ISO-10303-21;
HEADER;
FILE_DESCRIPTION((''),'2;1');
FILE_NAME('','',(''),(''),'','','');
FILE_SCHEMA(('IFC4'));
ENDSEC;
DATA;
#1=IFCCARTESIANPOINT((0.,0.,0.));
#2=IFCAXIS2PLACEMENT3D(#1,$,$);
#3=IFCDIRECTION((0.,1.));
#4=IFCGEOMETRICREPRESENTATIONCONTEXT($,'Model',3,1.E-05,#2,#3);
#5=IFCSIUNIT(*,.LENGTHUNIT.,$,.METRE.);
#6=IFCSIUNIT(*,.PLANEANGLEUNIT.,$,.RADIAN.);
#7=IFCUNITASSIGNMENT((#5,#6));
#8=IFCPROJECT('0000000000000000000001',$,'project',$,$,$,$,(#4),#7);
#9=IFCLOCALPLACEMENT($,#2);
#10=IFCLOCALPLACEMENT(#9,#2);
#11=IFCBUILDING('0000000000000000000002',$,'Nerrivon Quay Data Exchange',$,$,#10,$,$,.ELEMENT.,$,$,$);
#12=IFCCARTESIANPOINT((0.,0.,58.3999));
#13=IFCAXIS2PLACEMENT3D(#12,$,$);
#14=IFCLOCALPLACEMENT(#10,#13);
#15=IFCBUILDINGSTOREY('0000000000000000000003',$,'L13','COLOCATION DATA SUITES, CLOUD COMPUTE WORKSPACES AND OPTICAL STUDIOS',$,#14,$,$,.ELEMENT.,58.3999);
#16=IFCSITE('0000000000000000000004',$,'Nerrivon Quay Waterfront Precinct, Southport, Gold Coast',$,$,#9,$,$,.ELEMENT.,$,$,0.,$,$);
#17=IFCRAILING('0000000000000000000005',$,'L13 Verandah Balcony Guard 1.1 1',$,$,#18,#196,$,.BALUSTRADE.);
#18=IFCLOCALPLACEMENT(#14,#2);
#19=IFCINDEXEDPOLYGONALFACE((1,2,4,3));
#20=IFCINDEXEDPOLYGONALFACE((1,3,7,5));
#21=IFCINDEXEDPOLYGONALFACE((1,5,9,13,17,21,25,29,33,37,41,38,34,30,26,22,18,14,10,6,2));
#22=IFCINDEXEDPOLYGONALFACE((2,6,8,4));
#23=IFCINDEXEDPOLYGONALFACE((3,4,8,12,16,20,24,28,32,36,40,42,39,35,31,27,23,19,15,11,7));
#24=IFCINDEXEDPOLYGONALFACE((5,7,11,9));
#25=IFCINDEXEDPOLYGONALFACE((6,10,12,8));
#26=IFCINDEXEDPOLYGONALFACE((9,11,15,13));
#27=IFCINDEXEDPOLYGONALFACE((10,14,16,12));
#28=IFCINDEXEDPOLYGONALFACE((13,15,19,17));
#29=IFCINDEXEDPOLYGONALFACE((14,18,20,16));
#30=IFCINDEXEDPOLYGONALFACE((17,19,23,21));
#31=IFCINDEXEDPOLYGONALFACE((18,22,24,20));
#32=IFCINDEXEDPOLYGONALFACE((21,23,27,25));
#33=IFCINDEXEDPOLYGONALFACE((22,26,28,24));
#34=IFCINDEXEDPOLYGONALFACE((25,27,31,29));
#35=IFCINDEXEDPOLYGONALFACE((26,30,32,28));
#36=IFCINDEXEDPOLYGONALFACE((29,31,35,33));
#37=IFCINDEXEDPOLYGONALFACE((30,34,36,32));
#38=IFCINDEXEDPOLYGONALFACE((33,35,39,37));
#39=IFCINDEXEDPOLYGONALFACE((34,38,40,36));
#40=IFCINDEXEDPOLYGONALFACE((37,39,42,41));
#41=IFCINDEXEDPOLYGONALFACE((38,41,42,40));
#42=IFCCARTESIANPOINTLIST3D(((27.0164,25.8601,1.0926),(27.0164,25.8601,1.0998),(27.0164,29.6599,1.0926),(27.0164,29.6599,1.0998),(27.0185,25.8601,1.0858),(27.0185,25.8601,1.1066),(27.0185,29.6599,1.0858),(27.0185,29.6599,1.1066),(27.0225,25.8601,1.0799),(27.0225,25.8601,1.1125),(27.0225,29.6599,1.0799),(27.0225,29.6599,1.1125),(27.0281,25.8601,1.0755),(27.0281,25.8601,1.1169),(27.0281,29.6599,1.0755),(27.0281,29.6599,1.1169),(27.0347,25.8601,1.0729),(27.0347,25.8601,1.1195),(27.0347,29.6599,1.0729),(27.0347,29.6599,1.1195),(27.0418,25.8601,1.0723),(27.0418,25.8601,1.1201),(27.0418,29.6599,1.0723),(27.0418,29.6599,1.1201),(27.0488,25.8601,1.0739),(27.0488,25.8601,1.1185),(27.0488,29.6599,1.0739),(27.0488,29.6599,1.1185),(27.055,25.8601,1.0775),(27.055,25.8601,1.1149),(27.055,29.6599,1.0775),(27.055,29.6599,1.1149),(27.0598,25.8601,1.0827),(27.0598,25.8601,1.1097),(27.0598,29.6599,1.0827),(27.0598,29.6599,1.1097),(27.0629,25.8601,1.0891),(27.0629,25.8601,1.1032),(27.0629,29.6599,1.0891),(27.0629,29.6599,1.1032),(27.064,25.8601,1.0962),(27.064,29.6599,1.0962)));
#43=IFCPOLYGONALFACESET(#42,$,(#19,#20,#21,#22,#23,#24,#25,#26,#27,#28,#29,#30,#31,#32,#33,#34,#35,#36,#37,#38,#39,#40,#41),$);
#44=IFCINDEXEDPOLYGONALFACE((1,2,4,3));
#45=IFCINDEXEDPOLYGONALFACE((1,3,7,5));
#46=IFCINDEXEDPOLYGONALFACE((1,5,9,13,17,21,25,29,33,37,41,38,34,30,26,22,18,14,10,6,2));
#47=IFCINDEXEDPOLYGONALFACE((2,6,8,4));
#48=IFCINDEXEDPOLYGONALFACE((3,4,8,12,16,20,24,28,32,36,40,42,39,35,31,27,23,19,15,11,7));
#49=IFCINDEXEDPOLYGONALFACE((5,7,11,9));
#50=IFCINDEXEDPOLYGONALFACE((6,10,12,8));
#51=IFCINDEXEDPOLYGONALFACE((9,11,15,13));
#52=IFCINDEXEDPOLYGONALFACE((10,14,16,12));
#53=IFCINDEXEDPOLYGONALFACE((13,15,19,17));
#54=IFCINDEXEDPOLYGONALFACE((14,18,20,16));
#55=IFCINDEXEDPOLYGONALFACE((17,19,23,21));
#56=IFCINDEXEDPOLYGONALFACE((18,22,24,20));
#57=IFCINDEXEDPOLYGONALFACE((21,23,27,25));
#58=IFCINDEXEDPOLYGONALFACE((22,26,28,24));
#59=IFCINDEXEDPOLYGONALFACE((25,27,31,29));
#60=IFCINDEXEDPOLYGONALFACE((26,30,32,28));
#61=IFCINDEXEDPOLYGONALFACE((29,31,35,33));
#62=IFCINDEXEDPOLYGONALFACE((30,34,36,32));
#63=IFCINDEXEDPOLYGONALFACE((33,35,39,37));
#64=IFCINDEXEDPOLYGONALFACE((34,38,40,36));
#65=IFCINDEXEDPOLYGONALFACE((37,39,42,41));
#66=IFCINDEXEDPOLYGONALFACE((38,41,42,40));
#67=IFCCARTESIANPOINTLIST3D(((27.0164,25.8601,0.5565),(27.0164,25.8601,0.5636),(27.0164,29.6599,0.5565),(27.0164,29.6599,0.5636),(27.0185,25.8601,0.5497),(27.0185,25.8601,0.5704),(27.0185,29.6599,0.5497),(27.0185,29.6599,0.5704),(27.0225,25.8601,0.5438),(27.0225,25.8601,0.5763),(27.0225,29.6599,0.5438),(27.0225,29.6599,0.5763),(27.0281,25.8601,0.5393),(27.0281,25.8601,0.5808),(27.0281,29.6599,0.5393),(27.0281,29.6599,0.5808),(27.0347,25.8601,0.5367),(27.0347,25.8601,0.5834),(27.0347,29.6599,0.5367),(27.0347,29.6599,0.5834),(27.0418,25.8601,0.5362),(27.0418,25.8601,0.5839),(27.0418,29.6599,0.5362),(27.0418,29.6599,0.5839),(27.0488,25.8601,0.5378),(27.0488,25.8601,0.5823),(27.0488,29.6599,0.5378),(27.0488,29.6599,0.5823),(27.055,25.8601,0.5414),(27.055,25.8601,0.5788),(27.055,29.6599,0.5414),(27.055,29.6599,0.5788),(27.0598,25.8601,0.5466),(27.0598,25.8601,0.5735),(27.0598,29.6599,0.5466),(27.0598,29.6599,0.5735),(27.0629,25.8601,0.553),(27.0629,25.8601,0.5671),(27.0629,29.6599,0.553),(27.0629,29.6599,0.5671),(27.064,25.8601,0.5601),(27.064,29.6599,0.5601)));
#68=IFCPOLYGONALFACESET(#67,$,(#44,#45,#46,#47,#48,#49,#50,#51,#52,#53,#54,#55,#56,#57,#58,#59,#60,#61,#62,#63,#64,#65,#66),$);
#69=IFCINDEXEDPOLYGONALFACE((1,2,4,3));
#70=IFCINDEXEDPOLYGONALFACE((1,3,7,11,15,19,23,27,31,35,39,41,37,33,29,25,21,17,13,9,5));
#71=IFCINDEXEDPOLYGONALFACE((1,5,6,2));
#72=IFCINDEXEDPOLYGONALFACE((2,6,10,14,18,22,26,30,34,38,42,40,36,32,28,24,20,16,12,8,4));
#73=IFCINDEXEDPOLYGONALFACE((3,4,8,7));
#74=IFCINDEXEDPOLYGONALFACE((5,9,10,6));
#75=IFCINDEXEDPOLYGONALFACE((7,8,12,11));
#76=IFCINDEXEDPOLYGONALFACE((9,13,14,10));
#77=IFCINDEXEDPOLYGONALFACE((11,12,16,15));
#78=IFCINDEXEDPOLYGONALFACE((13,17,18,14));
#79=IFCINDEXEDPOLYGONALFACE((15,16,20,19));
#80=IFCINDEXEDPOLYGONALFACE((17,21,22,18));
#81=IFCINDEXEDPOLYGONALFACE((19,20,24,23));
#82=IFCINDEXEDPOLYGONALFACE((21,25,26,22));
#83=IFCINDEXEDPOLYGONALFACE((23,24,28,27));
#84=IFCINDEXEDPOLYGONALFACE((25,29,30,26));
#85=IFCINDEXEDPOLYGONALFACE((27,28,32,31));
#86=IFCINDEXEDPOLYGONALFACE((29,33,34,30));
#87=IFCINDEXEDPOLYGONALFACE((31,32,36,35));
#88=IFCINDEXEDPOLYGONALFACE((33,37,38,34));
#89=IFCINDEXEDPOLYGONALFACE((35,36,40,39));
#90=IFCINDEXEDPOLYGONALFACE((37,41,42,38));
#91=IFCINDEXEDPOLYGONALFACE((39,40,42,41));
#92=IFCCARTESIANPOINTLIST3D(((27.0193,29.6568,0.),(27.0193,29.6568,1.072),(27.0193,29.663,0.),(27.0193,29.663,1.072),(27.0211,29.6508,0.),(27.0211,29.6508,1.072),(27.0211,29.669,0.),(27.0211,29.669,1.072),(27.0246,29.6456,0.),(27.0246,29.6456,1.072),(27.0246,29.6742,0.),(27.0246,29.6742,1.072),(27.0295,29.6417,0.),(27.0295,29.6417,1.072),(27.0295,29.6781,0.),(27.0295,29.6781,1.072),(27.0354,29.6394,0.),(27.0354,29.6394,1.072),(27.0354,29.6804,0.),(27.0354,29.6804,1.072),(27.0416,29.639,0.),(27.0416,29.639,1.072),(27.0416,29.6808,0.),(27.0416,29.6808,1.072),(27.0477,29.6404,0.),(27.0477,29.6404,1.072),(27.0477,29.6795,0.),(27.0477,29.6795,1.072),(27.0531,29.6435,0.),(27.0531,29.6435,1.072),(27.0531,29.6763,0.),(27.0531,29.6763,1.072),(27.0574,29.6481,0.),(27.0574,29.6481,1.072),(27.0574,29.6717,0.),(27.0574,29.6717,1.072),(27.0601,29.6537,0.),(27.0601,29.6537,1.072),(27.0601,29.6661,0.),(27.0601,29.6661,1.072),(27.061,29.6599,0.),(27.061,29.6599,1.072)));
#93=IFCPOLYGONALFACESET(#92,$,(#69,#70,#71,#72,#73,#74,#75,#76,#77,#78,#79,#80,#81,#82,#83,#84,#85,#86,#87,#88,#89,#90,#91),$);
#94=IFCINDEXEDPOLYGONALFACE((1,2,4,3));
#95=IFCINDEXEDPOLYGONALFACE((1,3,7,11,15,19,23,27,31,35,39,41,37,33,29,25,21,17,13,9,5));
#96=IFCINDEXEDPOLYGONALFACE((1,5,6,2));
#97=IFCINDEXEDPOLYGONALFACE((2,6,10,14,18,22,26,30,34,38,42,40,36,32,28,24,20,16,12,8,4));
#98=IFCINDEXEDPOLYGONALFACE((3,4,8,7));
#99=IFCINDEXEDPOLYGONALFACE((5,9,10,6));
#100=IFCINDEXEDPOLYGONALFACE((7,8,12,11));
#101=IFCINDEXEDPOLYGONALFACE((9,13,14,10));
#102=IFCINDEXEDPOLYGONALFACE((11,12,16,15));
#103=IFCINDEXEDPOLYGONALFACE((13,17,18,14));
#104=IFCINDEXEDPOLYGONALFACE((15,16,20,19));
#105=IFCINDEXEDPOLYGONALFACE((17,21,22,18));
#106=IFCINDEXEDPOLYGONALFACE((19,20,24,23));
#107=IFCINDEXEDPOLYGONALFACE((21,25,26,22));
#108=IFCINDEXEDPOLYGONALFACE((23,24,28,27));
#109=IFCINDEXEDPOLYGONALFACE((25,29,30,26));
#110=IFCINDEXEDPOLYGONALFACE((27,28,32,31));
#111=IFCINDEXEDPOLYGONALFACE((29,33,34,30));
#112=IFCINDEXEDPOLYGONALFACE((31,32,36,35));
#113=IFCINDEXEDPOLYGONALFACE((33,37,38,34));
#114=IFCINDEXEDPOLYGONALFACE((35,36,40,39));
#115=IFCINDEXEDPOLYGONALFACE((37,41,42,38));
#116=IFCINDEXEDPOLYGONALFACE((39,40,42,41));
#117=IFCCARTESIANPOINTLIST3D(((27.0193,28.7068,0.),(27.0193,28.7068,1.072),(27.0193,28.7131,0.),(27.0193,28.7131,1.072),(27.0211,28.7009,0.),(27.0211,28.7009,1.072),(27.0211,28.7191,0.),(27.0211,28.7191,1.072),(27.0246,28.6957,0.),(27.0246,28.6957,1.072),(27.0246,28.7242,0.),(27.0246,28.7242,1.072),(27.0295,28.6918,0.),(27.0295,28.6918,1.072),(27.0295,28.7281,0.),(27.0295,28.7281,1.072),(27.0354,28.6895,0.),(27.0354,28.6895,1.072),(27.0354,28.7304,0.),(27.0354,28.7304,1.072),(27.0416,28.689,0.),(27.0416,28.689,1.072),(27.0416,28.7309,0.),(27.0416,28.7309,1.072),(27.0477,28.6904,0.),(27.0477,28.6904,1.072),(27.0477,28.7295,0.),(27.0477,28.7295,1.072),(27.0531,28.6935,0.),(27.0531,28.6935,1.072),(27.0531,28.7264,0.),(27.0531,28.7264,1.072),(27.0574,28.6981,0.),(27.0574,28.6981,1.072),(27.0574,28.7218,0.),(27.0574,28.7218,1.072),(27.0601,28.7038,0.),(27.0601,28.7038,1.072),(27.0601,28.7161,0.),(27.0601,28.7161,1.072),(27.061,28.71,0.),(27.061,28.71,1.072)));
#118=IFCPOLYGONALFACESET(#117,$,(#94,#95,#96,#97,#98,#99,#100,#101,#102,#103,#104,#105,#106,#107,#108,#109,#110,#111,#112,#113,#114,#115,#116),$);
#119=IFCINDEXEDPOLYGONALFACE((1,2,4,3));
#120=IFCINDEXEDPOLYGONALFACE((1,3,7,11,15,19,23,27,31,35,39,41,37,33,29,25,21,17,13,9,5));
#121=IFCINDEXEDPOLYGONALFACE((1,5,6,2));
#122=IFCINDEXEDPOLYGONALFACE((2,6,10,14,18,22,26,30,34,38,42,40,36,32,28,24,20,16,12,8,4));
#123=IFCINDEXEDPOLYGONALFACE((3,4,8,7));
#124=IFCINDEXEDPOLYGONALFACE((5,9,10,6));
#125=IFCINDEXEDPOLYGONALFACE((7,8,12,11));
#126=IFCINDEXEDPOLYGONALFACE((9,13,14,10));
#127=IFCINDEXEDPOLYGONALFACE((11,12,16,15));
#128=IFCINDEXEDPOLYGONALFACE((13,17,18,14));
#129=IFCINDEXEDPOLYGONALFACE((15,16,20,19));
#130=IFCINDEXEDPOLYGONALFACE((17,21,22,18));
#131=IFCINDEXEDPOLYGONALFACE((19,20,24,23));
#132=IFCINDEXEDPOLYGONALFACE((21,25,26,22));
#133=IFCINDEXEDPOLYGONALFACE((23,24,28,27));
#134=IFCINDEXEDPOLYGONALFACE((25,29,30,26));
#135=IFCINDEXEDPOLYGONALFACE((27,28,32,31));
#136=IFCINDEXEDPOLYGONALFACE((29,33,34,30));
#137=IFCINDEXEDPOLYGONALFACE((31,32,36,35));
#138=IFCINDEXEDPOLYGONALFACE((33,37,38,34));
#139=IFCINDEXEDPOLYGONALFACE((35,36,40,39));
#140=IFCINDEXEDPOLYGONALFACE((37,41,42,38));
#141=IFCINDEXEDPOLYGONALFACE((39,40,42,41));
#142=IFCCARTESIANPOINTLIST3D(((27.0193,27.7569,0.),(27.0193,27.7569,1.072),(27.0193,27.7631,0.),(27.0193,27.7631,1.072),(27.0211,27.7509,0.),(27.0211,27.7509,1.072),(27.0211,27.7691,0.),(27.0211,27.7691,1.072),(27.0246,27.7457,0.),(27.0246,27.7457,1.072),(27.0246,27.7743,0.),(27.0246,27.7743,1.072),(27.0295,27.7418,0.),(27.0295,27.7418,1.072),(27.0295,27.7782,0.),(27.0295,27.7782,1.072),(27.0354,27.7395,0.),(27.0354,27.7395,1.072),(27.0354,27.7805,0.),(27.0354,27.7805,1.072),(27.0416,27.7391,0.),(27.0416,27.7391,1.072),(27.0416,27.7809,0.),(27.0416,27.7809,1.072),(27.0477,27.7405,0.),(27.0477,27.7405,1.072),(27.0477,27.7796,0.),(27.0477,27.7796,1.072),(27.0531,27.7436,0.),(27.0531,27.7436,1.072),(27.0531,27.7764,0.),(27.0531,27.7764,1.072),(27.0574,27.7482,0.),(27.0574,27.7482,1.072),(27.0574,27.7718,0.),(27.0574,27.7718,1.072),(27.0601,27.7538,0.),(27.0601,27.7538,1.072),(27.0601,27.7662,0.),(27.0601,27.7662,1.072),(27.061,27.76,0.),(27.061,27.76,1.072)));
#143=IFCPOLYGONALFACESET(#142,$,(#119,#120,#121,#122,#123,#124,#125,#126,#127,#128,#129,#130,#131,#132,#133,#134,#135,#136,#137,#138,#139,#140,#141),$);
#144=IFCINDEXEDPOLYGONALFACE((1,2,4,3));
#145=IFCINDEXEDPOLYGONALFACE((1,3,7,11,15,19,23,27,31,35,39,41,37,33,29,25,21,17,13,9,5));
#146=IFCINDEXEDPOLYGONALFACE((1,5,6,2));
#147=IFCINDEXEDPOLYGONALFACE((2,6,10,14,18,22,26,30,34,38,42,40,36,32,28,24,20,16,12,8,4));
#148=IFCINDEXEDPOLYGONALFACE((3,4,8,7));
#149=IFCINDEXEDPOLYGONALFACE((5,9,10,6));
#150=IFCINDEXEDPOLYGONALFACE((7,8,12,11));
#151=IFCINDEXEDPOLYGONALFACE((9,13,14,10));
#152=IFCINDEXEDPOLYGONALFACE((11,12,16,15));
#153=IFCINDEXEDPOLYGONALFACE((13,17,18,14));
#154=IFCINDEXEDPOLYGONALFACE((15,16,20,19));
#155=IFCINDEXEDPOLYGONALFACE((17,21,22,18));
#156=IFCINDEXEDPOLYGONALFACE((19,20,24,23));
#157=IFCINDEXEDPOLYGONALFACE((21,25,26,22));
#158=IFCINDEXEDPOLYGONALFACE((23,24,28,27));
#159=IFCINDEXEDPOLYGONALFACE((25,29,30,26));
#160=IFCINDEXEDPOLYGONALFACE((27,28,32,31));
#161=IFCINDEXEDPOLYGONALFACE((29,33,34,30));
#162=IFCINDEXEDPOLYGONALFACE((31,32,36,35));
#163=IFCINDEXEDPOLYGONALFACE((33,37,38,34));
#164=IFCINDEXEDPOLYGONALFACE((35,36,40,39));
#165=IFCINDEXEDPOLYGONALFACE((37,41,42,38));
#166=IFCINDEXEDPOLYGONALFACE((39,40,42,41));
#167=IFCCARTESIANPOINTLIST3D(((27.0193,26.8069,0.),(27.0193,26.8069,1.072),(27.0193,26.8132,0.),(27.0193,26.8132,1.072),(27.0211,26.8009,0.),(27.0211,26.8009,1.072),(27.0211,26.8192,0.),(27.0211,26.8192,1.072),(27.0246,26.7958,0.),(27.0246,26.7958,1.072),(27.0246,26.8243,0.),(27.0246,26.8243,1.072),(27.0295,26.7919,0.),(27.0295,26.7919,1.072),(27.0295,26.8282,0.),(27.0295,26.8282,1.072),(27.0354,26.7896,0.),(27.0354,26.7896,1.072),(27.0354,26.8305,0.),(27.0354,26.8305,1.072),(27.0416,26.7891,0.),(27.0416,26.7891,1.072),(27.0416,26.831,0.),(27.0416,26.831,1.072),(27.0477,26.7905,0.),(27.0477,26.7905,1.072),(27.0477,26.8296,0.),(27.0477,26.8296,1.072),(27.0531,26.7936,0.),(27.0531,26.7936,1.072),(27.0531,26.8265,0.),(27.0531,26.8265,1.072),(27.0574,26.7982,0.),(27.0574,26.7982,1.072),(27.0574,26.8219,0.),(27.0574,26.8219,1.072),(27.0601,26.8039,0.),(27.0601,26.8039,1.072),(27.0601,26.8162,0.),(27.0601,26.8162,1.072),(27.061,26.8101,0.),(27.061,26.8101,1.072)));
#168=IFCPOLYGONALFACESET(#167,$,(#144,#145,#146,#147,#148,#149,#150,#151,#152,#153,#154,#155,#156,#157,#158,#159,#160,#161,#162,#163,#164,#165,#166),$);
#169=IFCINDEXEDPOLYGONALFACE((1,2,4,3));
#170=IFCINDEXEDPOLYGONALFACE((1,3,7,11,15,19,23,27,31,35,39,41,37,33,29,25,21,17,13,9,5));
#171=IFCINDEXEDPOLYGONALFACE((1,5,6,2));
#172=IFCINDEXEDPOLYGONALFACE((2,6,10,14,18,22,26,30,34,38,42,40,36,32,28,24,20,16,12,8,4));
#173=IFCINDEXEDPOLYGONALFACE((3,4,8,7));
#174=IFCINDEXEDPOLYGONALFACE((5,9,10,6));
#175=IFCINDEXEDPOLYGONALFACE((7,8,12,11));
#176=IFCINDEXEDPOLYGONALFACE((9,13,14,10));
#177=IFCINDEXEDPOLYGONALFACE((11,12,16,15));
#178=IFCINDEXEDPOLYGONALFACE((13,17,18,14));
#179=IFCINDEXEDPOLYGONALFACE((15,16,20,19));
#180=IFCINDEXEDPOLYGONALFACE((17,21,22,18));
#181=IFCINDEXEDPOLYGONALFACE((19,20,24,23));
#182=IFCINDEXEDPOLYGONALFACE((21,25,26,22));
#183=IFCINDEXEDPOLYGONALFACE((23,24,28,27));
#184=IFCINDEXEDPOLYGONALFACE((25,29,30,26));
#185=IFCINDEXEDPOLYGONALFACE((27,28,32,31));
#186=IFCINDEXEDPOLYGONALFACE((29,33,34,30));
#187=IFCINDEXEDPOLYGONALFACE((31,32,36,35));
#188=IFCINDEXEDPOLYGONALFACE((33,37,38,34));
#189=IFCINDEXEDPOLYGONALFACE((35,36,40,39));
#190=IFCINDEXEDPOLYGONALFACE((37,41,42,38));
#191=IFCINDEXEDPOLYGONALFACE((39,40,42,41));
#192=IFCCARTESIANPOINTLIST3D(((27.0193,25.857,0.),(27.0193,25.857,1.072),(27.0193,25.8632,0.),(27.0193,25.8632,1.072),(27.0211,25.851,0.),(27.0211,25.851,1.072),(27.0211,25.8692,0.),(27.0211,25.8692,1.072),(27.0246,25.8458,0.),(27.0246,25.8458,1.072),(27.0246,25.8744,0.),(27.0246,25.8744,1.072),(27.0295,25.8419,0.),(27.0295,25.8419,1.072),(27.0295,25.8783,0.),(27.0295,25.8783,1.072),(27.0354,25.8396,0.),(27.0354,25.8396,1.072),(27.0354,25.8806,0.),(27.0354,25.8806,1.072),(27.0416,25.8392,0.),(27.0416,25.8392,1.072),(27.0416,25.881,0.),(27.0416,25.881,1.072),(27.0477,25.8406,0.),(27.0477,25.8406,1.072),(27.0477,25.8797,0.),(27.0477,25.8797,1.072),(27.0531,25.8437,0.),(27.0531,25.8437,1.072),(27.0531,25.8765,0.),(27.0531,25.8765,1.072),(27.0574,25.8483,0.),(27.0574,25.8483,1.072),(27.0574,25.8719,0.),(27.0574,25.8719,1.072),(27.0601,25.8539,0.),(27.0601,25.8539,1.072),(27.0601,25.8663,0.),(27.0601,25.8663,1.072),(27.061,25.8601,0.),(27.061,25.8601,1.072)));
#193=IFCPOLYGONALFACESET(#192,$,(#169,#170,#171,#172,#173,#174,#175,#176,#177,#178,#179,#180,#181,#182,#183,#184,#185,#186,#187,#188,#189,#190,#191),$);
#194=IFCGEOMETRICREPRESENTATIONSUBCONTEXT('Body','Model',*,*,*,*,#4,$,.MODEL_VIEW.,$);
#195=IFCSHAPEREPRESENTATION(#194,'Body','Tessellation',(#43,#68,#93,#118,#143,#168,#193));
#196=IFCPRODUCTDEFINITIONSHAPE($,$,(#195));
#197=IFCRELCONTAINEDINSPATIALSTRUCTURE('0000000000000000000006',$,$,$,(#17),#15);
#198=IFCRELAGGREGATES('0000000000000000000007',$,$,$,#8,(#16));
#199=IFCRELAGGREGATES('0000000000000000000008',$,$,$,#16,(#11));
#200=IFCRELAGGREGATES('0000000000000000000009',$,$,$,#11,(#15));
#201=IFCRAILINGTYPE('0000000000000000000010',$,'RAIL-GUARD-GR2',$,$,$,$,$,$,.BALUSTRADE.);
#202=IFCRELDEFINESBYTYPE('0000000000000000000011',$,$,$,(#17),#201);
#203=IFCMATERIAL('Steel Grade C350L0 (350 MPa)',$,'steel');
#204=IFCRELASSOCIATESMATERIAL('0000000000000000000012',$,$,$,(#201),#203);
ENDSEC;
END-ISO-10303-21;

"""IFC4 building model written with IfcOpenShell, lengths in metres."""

from ifc_helpers import new_model, si_unit, direction, frame, origin, origin_2d, place, context, subcontext, project, spatial, circle, extrude, material, type_object, element, save


model = new_model("IFC4")

# Units and contexts
model_context = context("Model", 3, precision=1e-05, world=origin(), true_north=direction((0.0, 1.0)))
body_context = subcontext(model_context, "Body", "Model", "MODEL_VIEW")
ifc_project = project(units=[si_unit("LENGTHUNIT", "METRE"), si_unit("PLANEANGLEUNIT", "RADIAN")], contexts=[model_context])

# Site, building, storey
site_placement = place(None, origin())
site = spatial("IfcSite", under=ifc_project, at=site_placement, Name="Nerrivon Quay Waterfront Precinct, Southport, Gold Coast", CompositionType="ELEMENT", RefElevation=0.0)
building_placement = place(site_placement, origin())
building = spatial("IfcBuilding", under=site, at=building_placement, Name="Nerrivon Quay Data Exchange", CompositionType="ELEMENT")
storey_placement = place(building_placement, frame((0.0, 0.0, 58.3999)))
storey = spatial("IfcBuildingStorey", under=building, at=storey_placement, Name="L13", Description="COLOCATION DATA SUITES, CLOUD COMPUTE WORKSPACES AND OPTICAL STUDIOS", CompositionType="ELEMENT", Elevation=58.3999)

# Railing
ifc_material_1 = material(Name="Steel Grade C350L0 (350 MPa)", Category="steel")
railing_type = type_object("IfcRailingType", Name="RAIL-GUARD-GR2", PredefinedType="BALUSTRADE", material=ifc_material_1)
railing_1_placement = place(storey_placement, frame((27.04, 29.6599, 0.0)))
element("IfcRailing", 1, at=railing_1_placement, inside=storey, type_object=railing_type, Name="L13 Verandah Balcony Guard 1.1 1", PredefinedType="BALUSTRADE", context=body_context, shape_type="SweptSolid", body=[
    extrude(circle(Radius=0.0239, at=origin_2d()), frame((0.0, 0.0, 1.0962), z_axis=(0.0, -1.0, 0.0), x_axis=(1.0, 0.0, 0.0)), (0.0, 0.0, 1.0), 3.7998),
    extrude(circle(Radius=0.0239, at=origin_2d()), frame((0.0, 0.0, 0.5601), z_axis=(0.0, -1.0, 0.0), x_axis=(1.0, 0.0, 0.0)), (0.0, 0.0, 1.0), 3.7998),
    extrude(circle(Radius=0.021, at=origin_2d()), origin(), (0.0, 0.0, 1.0), 1.072),
    extrude(circle(Radius=0.021, at=origin_2d()), frame((0.0, -0.95, 0.0)), (0.0, 0.0, 1.0), 1.072),
    extrude(circle(Radius=0.021, at=origin_2d()), frame((0.0, -1.8999, 0.0)), (0.0, 0.0, 1.0), 1.072),
    extrude(circle(Radius=0.021, at=origin_2d()), frame((0.0, -2.8499, 0.0)), (0.0, 0.0, 1.0), 1.072),
    extrude(circle(Radius=0.021, at=origin_2d()), frame((0.0, -3.7998, 0.0)), (0.0, 0.0, 1.0), 1.072),
])

save(model, "model.ifc")
